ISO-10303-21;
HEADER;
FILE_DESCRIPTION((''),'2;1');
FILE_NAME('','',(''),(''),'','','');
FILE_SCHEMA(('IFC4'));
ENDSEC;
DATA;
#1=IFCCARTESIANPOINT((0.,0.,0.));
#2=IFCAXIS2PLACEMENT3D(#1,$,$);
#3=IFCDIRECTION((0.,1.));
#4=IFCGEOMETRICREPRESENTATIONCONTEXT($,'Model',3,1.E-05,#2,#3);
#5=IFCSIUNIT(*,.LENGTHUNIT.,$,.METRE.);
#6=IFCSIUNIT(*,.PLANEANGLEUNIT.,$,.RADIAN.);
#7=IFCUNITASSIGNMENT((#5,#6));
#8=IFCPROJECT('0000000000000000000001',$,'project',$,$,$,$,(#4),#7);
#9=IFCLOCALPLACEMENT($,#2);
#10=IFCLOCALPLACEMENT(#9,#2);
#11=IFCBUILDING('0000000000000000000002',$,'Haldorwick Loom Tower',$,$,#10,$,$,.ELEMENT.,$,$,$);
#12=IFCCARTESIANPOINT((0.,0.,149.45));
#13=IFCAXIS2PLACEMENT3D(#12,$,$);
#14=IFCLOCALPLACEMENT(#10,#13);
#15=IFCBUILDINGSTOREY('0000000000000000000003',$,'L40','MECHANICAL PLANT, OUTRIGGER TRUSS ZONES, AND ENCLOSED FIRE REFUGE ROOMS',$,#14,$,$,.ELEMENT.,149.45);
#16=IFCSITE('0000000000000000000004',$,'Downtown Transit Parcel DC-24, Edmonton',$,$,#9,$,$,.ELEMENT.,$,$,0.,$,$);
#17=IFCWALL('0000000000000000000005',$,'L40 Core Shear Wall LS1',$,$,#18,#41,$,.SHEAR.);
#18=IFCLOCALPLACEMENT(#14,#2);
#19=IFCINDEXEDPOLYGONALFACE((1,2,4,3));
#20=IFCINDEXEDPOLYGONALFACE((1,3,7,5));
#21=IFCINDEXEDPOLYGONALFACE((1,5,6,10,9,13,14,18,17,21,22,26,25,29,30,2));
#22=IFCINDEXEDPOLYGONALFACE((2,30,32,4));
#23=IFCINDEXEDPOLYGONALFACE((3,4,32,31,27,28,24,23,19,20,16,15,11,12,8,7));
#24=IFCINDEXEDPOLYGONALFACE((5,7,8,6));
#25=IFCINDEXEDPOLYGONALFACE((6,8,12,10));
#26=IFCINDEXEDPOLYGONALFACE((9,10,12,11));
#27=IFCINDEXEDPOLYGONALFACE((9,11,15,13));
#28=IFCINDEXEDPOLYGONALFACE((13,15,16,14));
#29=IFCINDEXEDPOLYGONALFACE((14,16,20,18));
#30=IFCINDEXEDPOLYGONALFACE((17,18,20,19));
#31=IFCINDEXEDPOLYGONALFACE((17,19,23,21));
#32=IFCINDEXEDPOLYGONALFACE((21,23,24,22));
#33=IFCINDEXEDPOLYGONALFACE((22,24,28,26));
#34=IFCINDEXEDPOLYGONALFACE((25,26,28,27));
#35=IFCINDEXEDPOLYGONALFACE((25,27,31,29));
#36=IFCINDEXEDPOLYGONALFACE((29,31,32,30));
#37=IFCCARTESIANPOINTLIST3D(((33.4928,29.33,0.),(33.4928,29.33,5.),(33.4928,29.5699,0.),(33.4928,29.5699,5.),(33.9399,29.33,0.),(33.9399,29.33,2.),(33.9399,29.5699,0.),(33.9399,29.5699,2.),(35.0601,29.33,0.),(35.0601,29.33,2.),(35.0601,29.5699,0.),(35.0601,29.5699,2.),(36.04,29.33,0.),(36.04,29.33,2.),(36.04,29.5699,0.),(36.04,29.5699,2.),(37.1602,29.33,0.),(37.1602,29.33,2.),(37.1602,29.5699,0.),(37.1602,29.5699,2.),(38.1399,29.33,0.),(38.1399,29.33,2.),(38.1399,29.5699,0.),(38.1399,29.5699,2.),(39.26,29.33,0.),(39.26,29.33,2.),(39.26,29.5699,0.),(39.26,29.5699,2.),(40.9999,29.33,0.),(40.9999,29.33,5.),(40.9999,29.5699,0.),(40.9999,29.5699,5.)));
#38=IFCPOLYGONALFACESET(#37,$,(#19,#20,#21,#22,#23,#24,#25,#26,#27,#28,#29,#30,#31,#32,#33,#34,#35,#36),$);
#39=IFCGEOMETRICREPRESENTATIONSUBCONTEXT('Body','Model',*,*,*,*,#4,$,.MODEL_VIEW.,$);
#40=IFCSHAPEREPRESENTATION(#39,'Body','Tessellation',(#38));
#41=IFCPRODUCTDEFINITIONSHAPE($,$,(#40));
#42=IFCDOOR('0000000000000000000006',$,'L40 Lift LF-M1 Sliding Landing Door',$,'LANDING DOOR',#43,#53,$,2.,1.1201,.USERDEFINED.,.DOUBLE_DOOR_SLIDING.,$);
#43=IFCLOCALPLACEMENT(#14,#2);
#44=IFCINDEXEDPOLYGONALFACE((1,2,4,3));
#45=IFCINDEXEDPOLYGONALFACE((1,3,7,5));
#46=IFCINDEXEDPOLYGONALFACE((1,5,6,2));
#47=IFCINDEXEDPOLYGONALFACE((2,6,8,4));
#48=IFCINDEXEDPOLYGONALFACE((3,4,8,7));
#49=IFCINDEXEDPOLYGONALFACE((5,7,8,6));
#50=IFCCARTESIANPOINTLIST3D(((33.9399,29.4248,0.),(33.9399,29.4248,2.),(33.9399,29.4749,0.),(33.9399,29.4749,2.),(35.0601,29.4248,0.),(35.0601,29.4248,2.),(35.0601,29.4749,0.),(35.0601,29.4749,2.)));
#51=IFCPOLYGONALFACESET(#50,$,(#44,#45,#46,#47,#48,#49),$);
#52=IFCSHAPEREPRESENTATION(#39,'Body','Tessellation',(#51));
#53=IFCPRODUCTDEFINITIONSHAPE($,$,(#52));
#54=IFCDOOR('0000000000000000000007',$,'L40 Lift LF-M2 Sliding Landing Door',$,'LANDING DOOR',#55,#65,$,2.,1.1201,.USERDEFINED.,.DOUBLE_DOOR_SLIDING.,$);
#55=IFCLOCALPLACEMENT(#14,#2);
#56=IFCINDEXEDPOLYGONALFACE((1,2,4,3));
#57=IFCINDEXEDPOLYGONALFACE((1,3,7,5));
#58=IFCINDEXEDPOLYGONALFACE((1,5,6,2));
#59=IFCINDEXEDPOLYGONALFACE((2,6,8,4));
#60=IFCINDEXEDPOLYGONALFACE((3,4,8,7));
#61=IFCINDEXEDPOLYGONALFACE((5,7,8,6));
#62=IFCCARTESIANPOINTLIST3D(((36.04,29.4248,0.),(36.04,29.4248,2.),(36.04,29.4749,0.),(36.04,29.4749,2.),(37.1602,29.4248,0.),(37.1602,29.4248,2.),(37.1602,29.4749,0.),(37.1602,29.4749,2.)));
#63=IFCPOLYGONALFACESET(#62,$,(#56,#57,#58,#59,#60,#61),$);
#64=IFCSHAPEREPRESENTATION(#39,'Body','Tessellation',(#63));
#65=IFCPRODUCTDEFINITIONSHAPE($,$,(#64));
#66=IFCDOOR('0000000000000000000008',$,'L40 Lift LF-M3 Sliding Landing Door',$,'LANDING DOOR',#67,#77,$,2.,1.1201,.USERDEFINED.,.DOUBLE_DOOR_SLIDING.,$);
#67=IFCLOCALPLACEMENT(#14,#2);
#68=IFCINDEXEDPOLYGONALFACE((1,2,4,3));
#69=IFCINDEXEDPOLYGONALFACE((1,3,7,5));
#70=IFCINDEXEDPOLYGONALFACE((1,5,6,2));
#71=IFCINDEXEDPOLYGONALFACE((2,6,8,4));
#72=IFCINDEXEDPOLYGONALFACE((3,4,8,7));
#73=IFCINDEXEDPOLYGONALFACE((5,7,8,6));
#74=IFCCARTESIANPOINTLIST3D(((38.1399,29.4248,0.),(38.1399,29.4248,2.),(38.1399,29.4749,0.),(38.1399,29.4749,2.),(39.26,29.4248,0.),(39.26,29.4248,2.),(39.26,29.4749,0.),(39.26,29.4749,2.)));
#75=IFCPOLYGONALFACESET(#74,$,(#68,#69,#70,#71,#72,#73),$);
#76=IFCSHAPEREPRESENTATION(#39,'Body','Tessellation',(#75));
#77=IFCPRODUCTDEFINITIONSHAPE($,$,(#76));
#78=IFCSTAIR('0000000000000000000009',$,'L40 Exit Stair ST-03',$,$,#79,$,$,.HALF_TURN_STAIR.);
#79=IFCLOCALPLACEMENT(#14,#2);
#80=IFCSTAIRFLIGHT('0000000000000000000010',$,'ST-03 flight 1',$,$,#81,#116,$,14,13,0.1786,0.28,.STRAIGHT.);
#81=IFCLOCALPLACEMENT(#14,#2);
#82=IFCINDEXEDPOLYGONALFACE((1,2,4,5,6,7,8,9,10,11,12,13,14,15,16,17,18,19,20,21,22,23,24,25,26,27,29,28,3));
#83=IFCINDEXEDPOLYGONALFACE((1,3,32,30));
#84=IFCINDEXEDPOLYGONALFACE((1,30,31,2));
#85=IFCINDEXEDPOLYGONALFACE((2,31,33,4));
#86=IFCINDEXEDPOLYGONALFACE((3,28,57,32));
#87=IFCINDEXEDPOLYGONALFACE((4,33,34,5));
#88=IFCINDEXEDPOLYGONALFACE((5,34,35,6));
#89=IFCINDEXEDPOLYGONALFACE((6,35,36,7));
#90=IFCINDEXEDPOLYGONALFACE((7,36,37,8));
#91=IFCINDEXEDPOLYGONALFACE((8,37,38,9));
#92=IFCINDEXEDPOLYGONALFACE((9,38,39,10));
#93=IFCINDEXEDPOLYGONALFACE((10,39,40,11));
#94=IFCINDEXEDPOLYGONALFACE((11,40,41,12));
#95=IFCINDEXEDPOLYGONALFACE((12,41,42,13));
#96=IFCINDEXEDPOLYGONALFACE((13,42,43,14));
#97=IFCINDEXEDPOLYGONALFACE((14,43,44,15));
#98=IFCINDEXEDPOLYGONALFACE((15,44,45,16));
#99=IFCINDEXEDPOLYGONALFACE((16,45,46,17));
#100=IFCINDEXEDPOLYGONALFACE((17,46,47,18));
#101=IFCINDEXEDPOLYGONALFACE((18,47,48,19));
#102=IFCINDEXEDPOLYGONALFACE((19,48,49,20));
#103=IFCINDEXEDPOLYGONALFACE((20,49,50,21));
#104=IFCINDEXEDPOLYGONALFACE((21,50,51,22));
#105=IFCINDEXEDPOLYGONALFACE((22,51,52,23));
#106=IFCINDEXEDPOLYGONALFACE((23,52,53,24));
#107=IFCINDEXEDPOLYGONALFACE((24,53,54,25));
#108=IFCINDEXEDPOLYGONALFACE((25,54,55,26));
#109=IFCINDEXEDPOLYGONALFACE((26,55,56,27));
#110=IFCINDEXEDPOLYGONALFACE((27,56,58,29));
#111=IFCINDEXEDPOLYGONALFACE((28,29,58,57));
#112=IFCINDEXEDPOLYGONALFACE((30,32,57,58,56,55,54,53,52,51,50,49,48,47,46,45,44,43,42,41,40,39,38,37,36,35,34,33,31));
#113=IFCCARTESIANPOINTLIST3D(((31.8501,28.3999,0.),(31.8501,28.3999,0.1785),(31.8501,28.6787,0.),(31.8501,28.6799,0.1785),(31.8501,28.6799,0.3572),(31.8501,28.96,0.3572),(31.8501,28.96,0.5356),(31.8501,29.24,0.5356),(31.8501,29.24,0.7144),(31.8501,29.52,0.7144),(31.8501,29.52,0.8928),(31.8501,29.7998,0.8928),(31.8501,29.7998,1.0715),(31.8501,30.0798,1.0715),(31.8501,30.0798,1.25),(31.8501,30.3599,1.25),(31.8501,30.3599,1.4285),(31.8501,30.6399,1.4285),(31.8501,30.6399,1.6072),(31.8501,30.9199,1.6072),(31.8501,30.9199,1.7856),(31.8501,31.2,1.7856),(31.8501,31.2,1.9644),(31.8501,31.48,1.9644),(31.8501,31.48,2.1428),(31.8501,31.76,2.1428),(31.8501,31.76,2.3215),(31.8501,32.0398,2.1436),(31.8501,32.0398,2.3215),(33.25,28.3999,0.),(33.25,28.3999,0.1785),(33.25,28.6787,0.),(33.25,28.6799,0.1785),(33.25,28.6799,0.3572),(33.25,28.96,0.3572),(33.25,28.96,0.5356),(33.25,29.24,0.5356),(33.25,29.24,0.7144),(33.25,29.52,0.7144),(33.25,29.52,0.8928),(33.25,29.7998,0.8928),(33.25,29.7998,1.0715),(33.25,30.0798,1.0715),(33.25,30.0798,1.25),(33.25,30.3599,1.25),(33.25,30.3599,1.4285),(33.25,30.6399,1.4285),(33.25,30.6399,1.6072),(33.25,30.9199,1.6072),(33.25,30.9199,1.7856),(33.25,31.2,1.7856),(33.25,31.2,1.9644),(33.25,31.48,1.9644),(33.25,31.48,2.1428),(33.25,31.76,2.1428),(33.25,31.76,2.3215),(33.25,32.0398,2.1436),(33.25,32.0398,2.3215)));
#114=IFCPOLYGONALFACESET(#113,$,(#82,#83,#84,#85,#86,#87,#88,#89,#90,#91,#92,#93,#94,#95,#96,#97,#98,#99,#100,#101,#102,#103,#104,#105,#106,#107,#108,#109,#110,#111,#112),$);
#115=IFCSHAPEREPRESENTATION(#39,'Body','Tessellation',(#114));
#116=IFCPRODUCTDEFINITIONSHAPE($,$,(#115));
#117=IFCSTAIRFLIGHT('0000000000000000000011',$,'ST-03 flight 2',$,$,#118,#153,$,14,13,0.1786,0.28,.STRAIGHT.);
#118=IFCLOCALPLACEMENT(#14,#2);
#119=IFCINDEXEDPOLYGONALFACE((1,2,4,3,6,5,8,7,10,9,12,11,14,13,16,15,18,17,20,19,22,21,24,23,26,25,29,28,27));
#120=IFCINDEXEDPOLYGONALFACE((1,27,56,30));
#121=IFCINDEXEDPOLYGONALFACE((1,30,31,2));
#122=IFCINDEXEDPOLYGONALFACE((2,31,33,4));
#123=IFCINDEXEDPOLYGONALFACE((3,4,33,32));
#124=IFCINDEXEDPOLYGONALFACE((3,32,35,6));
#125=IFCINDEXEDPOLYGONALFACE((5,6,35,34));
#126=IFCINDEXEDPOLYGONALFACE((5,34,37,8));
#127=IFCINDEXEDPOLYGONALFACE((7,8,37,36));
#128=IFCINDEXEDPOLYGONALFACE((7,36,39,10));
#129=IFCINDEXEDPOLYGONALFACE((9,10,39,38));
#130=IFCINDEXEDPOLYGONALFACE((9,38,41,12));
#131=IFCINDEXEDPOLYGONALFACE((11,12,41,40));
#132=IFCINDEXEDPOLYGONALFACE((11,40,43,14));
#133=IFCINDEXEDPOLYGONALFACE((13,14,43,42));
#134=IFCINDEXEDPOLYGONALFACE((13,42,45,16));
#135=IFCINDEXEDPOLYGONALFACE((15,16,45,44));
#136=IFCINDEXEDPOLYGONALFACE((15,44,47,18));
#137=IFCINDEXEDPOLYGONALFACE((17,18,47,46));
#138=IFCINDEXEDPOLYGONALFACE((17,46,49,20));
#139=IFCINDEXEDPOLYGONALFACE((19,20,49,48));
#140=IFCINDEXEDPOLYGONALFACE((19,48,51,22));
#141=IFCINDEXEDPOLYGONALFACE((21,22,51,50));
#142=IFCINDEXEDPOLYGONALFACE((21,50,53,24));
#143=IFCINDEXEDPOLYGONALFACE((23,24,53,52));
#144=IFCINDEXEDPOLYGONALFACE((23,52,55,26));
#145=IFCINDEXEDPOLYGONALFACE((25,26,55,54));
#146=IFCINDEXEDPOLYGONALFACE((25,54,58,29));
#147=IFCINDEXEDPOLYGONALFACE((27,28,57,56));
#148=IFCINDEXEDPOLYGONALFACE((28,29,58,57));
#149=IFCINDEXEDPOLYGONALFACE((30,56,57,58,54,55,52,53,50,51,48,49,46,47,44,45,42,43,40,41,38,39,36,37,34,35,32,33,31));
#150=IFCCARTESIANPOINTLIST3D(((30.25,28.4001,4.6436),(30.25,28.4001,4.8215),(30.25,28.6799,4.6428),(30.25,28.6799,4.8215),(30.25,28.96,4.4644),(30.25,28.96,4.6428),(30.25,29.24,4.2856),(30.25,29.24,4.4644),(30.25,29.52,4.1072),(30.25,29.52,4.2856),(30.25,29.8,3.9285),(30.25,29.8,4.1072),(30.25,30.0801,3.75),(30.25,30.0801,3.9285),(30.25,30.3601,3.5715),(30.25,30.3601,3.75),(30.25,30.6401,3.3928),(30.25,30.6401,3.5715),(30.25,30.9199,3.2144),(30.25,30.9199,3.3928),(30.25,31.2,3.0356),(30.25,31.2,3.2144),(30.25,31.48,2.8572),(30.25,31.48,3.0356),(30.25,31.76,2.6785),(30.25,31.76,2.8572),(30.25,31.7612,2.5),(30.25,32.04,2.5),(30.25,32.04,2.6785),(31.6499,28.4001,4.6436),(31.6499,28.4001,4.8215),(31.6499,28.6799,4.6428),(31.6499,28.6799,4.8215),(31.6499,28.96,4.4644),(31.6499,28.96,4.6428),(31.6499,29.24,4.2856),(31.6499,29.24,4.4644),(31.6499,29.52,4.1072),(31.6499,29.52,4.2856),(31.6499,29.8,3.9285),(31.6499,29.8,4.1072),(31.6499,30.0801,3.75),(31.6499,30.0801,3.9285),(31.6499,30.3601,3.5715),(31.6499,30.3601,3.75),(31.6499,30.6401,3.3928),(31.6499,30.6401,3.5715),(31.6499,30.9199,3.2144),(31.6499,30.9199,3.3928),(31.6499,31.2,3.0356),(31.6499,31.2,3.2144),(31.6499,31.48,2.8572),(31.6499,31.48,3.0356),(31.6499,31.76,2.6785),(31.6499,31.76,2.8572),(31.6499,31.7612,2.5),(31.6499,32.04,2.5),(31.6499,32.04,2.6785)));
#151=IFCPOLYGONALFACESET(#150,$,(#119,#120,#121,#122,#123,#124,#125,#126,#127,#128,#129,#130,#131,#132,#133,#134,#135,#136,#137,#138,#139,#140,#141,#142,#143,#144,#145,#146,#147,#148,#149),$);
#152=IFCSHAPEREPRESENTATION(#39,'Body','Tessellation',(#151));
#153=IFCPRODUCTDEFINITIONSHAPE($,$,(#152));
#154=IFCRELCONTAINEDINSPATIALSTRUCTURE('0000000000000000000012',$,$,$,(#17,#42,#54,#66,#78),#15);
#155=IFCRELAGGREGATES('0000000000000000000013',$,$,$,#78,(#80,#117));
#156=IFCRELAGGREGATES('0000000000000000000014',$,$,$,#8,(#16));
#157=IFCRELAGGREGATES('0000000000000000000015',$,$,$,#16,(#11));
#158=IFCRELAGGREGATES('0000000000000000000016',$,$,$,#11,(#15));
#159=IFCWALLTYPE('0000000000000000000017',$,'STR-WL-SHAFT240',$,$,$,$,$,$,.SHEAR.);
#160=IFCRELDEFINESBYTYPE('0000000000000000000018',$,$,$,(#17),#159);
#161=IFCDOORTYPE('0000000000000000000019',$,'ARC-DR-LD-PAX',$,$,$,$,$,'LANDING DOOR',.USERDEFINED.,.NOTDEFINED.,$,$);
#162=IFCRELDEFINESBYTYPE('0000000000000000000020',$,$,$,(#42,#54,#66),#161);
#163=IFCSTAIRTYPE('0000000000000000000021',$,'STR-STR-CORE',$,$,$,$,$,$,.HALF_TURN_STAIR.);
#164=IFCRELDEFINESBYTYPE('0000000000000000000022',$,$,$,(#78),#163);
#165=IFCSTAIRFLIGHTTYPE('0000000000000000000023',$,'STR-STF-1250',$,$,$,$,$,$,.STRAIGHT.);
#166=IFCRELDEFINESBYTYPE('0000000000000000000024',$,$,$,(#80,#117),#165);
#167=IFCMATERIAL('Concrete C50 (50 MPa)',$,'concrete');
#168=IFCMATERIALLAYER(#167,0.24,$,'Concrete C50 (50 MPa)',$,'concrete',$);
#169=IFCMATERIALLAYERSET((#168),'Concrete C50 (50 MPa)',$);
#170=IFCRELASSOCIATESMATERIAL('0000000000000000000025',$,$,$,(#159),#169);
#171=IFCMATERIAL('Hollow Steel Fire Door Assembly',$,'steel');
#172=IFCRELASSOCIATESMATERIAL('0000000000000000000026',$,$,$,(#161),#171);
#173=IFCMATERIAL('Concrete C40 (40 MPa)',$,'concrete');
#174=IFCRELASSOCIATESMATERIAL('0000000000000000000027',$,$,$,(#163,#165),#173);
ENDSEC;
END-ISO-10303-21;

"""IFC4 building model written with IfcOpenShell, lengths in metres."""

from ifc_helpers import new_model, si_unit, direction, frame, frame_2d, origin, place, context, subcontext, project, spatial, polyline, rectangle, outline, extrude, material, layer, layer_set, type_object, element, fill, aggregate, save


model = new_model("IFC4")

# Units and contexts
model_context = context("Model", 3, precision=1e-05, world=origin(), true_north=direction((0.0, 1.0)))
body_context = subcontext(model_context, "Body", "Model", "MODEL_VIEW")
ifc_project = project(units=[si_unit("LENGTHUNIT", "METRE"), si_unit("PLANEANGLEUNIT", "RADIAN")], contexts=[model_context])

# Site, building, storey
site_placement = place(None, origin())
site = spatial("IfcSite", under=ifc_project, at=site_placement, Name="Downtown Transit Parcel DC-24, Edmonton", CompositionType="ELEMENT", RefElevation=0.0)
building_placement = place(site_placement, origin())
building = spatial("IfcBuilding", under=site, at=building_placement, Name="Haldorwick Loom Tower", CompositionType="ELEMENT")
storey_placement = place(building_placement, frame((0.0, 0.0, 149.45)))
storey = spatial("IfcBuildingStorey", under=building, at=storey_placement, Name="L40", Description="MECHANICAL PLANT, OUTRIGGER TRUSS ZONES, AND ENCLOSED FIRE REFUGE ROOMS", CompositionType="ELEMENT", Elevation=149.45)

# Shared definitions
ifc_material_1 = material(Name="Hollow Steel Fire Door Assembly", Category="steel")

# Shared definitions
ifc_material_2 = material(Name="Concrete C50 (50 MPa)", Category="concrete")
ifc_layer_1 = layer(ifc_material_2, 0.24, Name="Concrete C50 (50 MPa)", Category="concrete")
ifc_layer_set_1 = layer_set([ifc_layer_1], Name="Concrete C50 (50 MPa)")
wall_type_1 = type_object("IfcWallType", Name="STR-WL-SHAFT240", PredefinedType="SHEAR", material=ifc_layer_set_1)

# Wall, openings, doors
wall_1_placement = place(storey_placement, frame((33.4929, 29.45, 0.0), z_axis=(0.0, 0.0, 1.0), x_axis=(1.0, 0.0, 0.0)))
wall_1 = element("IfcWall", 1, at=wall_1_placement, inside=storey, type_object=wall_type_1, Name="L40 Core Shear Wall LS1", PredefinedType="SHEAR", context=body_context, shape_type="SweptSolid", body=[
    extrude(rectangle(XDim=7.5071, YDim=0.24, at=frame_2d((3.7534, 0.0))), origin(), (0.0, 0.0, 1.0), 5.0),
])
opening_1_placement = place(wall_1_placement, frame((0.447, 0.0, 0.0)))
opening_1 = element("IfcOpeningElement", 2, at=opening_1_placement, cuts=wall_1, PredefinedType="OPENING", context=body_context, shape_type="SweptSolid", body=[
    extrude(rectangle(XDim=1.1201, YDim=2.0, at=frame_2d((0.5601, 1.0))), frame((0.0, 0.1299, 0.0), z_axis=(0.0, -1.0, 0.0), x_axis=(1.0, 0.0, 0.0)), (0.0, 0.0, 1.0), 0.26),
])
opening_2_placement = place(wall_1_placement, frame((2.5471, 0.0, 0.0)))
opening_2 = element("IfcOpeningElement", 3, at=opening_2_placement, cuts=wall_1, PredefinedType="OPENING", context=body_context, shape_type="SweptSolid", body=[
    extrude(rectangle(XDim=1.1201, YDim=2.0, at=frame_2d((0.5601, 1.0))), frame((0.0, 0.1299, 0.0), z_axis=(0.0, -1.0, 0.0), x_axis=(1.0, 0.0, 0.0)), (0.0, 0.0, 1.0), 0.26),
])
opening_3_placement = place(wall_1_placement, frame((4.647, 0.0, 0.0)))
opening_3 = element("IfcOpeningElement", 4, at=opening_3_placement, cuts=wall_1, PredefinedType="OPENING", context=body_context, shape_type="SweptSolid", body=[
    extrude(rectangle(XDim=1.1201, YDim=2.0, at=frame_2d((0.5601, 1.0))), frame((0.0, 0.1299, 0.0), z_axis=(0.0, -1.0, 0.0), x_axis=(1.0, 0.0, 0.0)), (0.0, 0.0, 1.0), 0.26),
])
door_type_1 = type_object("IfcDoorType", Name="ARC-DR-LD-PAX", ElementType="LANDING DOOR", OperationType="NOTDEFINED", PredefinedType="USERDEFINED", material=ifc_material_1)
door_1_placement = place(opening_1_placement, origin())
door_1 = element("IfcDoor", 5, at=door_1_placement, inside=storey, type_object=door_type_1, Name="L40 Lift LF-M1 Sliding Landing Door", ObjectType="LANDING DOOR", OperationType="DOUBLE_DOOR_SLIDING", OverallHeight=2.0, OverallWidth=1.1201, PredefinedType="USERDEFINED", context=body_context, shape_type="SweptSolid", body=[
    extrude(rectangle(XDim=1.1201, YDim=2.0, at=frame_2d((0.5601, 1.0))), frame((0.0, 0.0249, 0.0), z_axis=(0.0, -1.0, 0.0), x_axis=(1.0, 0.0, 0.0)), (0.0, 0.0, 1.0), 0.05),
])
fill(opening_1, door_1)
door_2_placement = place(opening_2_placement, origin())
door_2 = element("IfcDoor", 6, at=door_2_placement, inside=storey, type_object=door_type_1, Name="L40 Lift LF-M2 Sliding Landing Door", ObjectType="LANDING DOOR", OperationType="DOUBLE_DOOR_SLIDING", OverallHeight=2.0, OverallWidth=1.1201, PredefinedType="USERDEFINED", context=body_context, shape_type="SweptSolid", body=[
    extrude(rectangle(XDim=1.1201, YDim=2.0, at=frame_2d((0.5601, 1.0))), frame((0.0, 0.0249, 0.0), z_axis=(0.0, -1.0, 0.0), x_axis=(1.0, 0.0, 0.0)), (0.0, 0.0, 1.0), 0.05),
])
fill(opening_2, door_2)
door_3_placement = place(opening_3_placement, origin())
door_3 = element("IfcDoor", 7, at=door_3_placement, inside=storey, type_object=door_type_1, Name="L40 Lift LF-M3 Sliding Landing Door", ObjectType="LANDING DOOR", OperationType="DOUBLE_DOOR_SLIDING", OverallHeight=2.0, OverallWidth=1.1201, PredefinedType="USERDEFINED", context=body_context, shape_type="SweptSolid", body=[
    extrude(rectangle(XDim=1.1201, YDim=2.0, at=frame_2d((0.5601, 1.0))), frame((0.0, 0.0249, 0.0), z_axis=(0.0, -1.0, 0.0), x_axis=(1.0, 0.0, 0.0)), (0.0, 0.0, 1.0), 0.05),
])
fill(opening_3, door_3)

# Stair, stair flights
ifc_material_3 = material(Name="Concrete C40 (40 MPa)", Category="concrete")
stair_type = type_object("IfcStairType", Name="STR-STR-CORE", PredefinedType="HALF_TURN_STAIR", material=ifc_material_3)
stair_placement = place(storey_placement, origin())
stair = element("IfcStair", 8, at=stair_placement, inside=storey, type_object=stair_type, Name="L40 Exit Stair ST-03", PredefinedType="HALF_TURN_STAIR")
stair_flight_type = type_object("IfcStairFlightType", Name="STR-STF-1250", PredefinedType="STRAIGHT", material=ifc_material_3)
stair_flight_1_placement = place(storey_placement, frame((32.55, 28.3999, 0.0), z_axis=(0.0, 0.0, 1.0), x_axis=(0.0, 1.0, 0.0)))
stair_flight_1 = element("IfcStairFlight", 9, at=stair_flight_1_placement, type_object=stair_flight_type, Name="ST-03 flight 1", NumberOfRisers=14, NumberOfTreads=13, PredefinedType="STRAIGHT", RiserHeight=0.1786, TreadLength=0.28, context=body_context, shape_type="SweptSolid", body=[
    extrude(outline(polyline([(0.0, 0.0), (0.0, 0.1785), (0.28, 0.1785), (0.28, 0.3572), (0.5601, 0.3572), (0.5601, 0.5356), (0.8401, 0.5356), (0.8401, 0.7144), (1.1201, 0.7144), (1.1201, 0.8928), (1.3999, 0.8928), (1.3999, 1.0715), (1.6799, 1.0715), (1.6799, 1.25), (1.96, 1.25), (1.96, 1.4285), (2.24, 1.4285), (2.24, 1.6072), (2.52, 1.6072), (2.52, 1.7856), (2.8, 1.7856), (2.8, 1.9644), (3.0801, 1.9644), (3.0801, 2.1428), (3.3601, 2.1428), (3.3601, 2.3215), (3.6399, 2.3215), (3.6399, 2.5), (3.6399, 2.1436), (0.2788, 0.0), (0.0, 0.0)])), frame((0.0, 0.7, 0.0), z_axis=(0.0, -1.0, 0.0), x_axis=(1.0, 0.0, 0.0)), (0.0, 0.0, 1.0), 1.3999),
])
stair_flight_2_placement = place(storey_placement, frame((30.95, 32.04, 2.5), z_axis=(0.0, 0.0, 1.0), x_axis=(0.0, -1.0, 0.0)))
stair_flight_2 = element("IfcStairFlight", 10, at=stair_flight_2_placement, type_object=stair_flight_type, Name="ST-03 flight 2", NumberOfRisers=14, NumberOfTreads=13, PredefinedType="STRAIGHT", RiserHeight=0.1786, TreadLength=0.28, context=body_context, shape_type="SweptSolid", body=[
    extrude(outline(polyline([(0.0, 0.0), (0.0, 0.1785), (0.28, 0.1785), (0.28, 0.3572), (0.5601, 0.3572), (0.5601, 0.5356), (0.8401, 0.5356), (0.8401, 0.7144), (1.1201, 0.7144), (1.1201, 0.8928), (1.3999, 0.8928), (1.3999, 1.0715), (1.6799, 1.0715), (1.6799, 1.25), (1.96, 1.25), (1.96, 1.4285), (2.24, 1.4285), (2.24, 1.6072), (2.52, 1.6072), (2.52, 1.7856), (2.8, 1.7856), (2.8, 1.9644), (3.0801, 1.9644), (3.0801, 2.1428), (3.3601, 2.1428), (3.3601, 2.3215), (3.6399, 2.3215), (3.6399, 2.5), (3.6399, 2.1436), (0.2788, 0.0), (0.0, 0.0)])), frame((0.0, 0.7, 0.0), z_axis=(0.0, -1.0, 0.0), x_axis=(1.0, 0.0, 0.0)), (0.0, 0.0, 1.0), 1.3999),
])
aggregate(stair, [stair_flight_1, stair_flight_2])

save(model, "model.ifc")
